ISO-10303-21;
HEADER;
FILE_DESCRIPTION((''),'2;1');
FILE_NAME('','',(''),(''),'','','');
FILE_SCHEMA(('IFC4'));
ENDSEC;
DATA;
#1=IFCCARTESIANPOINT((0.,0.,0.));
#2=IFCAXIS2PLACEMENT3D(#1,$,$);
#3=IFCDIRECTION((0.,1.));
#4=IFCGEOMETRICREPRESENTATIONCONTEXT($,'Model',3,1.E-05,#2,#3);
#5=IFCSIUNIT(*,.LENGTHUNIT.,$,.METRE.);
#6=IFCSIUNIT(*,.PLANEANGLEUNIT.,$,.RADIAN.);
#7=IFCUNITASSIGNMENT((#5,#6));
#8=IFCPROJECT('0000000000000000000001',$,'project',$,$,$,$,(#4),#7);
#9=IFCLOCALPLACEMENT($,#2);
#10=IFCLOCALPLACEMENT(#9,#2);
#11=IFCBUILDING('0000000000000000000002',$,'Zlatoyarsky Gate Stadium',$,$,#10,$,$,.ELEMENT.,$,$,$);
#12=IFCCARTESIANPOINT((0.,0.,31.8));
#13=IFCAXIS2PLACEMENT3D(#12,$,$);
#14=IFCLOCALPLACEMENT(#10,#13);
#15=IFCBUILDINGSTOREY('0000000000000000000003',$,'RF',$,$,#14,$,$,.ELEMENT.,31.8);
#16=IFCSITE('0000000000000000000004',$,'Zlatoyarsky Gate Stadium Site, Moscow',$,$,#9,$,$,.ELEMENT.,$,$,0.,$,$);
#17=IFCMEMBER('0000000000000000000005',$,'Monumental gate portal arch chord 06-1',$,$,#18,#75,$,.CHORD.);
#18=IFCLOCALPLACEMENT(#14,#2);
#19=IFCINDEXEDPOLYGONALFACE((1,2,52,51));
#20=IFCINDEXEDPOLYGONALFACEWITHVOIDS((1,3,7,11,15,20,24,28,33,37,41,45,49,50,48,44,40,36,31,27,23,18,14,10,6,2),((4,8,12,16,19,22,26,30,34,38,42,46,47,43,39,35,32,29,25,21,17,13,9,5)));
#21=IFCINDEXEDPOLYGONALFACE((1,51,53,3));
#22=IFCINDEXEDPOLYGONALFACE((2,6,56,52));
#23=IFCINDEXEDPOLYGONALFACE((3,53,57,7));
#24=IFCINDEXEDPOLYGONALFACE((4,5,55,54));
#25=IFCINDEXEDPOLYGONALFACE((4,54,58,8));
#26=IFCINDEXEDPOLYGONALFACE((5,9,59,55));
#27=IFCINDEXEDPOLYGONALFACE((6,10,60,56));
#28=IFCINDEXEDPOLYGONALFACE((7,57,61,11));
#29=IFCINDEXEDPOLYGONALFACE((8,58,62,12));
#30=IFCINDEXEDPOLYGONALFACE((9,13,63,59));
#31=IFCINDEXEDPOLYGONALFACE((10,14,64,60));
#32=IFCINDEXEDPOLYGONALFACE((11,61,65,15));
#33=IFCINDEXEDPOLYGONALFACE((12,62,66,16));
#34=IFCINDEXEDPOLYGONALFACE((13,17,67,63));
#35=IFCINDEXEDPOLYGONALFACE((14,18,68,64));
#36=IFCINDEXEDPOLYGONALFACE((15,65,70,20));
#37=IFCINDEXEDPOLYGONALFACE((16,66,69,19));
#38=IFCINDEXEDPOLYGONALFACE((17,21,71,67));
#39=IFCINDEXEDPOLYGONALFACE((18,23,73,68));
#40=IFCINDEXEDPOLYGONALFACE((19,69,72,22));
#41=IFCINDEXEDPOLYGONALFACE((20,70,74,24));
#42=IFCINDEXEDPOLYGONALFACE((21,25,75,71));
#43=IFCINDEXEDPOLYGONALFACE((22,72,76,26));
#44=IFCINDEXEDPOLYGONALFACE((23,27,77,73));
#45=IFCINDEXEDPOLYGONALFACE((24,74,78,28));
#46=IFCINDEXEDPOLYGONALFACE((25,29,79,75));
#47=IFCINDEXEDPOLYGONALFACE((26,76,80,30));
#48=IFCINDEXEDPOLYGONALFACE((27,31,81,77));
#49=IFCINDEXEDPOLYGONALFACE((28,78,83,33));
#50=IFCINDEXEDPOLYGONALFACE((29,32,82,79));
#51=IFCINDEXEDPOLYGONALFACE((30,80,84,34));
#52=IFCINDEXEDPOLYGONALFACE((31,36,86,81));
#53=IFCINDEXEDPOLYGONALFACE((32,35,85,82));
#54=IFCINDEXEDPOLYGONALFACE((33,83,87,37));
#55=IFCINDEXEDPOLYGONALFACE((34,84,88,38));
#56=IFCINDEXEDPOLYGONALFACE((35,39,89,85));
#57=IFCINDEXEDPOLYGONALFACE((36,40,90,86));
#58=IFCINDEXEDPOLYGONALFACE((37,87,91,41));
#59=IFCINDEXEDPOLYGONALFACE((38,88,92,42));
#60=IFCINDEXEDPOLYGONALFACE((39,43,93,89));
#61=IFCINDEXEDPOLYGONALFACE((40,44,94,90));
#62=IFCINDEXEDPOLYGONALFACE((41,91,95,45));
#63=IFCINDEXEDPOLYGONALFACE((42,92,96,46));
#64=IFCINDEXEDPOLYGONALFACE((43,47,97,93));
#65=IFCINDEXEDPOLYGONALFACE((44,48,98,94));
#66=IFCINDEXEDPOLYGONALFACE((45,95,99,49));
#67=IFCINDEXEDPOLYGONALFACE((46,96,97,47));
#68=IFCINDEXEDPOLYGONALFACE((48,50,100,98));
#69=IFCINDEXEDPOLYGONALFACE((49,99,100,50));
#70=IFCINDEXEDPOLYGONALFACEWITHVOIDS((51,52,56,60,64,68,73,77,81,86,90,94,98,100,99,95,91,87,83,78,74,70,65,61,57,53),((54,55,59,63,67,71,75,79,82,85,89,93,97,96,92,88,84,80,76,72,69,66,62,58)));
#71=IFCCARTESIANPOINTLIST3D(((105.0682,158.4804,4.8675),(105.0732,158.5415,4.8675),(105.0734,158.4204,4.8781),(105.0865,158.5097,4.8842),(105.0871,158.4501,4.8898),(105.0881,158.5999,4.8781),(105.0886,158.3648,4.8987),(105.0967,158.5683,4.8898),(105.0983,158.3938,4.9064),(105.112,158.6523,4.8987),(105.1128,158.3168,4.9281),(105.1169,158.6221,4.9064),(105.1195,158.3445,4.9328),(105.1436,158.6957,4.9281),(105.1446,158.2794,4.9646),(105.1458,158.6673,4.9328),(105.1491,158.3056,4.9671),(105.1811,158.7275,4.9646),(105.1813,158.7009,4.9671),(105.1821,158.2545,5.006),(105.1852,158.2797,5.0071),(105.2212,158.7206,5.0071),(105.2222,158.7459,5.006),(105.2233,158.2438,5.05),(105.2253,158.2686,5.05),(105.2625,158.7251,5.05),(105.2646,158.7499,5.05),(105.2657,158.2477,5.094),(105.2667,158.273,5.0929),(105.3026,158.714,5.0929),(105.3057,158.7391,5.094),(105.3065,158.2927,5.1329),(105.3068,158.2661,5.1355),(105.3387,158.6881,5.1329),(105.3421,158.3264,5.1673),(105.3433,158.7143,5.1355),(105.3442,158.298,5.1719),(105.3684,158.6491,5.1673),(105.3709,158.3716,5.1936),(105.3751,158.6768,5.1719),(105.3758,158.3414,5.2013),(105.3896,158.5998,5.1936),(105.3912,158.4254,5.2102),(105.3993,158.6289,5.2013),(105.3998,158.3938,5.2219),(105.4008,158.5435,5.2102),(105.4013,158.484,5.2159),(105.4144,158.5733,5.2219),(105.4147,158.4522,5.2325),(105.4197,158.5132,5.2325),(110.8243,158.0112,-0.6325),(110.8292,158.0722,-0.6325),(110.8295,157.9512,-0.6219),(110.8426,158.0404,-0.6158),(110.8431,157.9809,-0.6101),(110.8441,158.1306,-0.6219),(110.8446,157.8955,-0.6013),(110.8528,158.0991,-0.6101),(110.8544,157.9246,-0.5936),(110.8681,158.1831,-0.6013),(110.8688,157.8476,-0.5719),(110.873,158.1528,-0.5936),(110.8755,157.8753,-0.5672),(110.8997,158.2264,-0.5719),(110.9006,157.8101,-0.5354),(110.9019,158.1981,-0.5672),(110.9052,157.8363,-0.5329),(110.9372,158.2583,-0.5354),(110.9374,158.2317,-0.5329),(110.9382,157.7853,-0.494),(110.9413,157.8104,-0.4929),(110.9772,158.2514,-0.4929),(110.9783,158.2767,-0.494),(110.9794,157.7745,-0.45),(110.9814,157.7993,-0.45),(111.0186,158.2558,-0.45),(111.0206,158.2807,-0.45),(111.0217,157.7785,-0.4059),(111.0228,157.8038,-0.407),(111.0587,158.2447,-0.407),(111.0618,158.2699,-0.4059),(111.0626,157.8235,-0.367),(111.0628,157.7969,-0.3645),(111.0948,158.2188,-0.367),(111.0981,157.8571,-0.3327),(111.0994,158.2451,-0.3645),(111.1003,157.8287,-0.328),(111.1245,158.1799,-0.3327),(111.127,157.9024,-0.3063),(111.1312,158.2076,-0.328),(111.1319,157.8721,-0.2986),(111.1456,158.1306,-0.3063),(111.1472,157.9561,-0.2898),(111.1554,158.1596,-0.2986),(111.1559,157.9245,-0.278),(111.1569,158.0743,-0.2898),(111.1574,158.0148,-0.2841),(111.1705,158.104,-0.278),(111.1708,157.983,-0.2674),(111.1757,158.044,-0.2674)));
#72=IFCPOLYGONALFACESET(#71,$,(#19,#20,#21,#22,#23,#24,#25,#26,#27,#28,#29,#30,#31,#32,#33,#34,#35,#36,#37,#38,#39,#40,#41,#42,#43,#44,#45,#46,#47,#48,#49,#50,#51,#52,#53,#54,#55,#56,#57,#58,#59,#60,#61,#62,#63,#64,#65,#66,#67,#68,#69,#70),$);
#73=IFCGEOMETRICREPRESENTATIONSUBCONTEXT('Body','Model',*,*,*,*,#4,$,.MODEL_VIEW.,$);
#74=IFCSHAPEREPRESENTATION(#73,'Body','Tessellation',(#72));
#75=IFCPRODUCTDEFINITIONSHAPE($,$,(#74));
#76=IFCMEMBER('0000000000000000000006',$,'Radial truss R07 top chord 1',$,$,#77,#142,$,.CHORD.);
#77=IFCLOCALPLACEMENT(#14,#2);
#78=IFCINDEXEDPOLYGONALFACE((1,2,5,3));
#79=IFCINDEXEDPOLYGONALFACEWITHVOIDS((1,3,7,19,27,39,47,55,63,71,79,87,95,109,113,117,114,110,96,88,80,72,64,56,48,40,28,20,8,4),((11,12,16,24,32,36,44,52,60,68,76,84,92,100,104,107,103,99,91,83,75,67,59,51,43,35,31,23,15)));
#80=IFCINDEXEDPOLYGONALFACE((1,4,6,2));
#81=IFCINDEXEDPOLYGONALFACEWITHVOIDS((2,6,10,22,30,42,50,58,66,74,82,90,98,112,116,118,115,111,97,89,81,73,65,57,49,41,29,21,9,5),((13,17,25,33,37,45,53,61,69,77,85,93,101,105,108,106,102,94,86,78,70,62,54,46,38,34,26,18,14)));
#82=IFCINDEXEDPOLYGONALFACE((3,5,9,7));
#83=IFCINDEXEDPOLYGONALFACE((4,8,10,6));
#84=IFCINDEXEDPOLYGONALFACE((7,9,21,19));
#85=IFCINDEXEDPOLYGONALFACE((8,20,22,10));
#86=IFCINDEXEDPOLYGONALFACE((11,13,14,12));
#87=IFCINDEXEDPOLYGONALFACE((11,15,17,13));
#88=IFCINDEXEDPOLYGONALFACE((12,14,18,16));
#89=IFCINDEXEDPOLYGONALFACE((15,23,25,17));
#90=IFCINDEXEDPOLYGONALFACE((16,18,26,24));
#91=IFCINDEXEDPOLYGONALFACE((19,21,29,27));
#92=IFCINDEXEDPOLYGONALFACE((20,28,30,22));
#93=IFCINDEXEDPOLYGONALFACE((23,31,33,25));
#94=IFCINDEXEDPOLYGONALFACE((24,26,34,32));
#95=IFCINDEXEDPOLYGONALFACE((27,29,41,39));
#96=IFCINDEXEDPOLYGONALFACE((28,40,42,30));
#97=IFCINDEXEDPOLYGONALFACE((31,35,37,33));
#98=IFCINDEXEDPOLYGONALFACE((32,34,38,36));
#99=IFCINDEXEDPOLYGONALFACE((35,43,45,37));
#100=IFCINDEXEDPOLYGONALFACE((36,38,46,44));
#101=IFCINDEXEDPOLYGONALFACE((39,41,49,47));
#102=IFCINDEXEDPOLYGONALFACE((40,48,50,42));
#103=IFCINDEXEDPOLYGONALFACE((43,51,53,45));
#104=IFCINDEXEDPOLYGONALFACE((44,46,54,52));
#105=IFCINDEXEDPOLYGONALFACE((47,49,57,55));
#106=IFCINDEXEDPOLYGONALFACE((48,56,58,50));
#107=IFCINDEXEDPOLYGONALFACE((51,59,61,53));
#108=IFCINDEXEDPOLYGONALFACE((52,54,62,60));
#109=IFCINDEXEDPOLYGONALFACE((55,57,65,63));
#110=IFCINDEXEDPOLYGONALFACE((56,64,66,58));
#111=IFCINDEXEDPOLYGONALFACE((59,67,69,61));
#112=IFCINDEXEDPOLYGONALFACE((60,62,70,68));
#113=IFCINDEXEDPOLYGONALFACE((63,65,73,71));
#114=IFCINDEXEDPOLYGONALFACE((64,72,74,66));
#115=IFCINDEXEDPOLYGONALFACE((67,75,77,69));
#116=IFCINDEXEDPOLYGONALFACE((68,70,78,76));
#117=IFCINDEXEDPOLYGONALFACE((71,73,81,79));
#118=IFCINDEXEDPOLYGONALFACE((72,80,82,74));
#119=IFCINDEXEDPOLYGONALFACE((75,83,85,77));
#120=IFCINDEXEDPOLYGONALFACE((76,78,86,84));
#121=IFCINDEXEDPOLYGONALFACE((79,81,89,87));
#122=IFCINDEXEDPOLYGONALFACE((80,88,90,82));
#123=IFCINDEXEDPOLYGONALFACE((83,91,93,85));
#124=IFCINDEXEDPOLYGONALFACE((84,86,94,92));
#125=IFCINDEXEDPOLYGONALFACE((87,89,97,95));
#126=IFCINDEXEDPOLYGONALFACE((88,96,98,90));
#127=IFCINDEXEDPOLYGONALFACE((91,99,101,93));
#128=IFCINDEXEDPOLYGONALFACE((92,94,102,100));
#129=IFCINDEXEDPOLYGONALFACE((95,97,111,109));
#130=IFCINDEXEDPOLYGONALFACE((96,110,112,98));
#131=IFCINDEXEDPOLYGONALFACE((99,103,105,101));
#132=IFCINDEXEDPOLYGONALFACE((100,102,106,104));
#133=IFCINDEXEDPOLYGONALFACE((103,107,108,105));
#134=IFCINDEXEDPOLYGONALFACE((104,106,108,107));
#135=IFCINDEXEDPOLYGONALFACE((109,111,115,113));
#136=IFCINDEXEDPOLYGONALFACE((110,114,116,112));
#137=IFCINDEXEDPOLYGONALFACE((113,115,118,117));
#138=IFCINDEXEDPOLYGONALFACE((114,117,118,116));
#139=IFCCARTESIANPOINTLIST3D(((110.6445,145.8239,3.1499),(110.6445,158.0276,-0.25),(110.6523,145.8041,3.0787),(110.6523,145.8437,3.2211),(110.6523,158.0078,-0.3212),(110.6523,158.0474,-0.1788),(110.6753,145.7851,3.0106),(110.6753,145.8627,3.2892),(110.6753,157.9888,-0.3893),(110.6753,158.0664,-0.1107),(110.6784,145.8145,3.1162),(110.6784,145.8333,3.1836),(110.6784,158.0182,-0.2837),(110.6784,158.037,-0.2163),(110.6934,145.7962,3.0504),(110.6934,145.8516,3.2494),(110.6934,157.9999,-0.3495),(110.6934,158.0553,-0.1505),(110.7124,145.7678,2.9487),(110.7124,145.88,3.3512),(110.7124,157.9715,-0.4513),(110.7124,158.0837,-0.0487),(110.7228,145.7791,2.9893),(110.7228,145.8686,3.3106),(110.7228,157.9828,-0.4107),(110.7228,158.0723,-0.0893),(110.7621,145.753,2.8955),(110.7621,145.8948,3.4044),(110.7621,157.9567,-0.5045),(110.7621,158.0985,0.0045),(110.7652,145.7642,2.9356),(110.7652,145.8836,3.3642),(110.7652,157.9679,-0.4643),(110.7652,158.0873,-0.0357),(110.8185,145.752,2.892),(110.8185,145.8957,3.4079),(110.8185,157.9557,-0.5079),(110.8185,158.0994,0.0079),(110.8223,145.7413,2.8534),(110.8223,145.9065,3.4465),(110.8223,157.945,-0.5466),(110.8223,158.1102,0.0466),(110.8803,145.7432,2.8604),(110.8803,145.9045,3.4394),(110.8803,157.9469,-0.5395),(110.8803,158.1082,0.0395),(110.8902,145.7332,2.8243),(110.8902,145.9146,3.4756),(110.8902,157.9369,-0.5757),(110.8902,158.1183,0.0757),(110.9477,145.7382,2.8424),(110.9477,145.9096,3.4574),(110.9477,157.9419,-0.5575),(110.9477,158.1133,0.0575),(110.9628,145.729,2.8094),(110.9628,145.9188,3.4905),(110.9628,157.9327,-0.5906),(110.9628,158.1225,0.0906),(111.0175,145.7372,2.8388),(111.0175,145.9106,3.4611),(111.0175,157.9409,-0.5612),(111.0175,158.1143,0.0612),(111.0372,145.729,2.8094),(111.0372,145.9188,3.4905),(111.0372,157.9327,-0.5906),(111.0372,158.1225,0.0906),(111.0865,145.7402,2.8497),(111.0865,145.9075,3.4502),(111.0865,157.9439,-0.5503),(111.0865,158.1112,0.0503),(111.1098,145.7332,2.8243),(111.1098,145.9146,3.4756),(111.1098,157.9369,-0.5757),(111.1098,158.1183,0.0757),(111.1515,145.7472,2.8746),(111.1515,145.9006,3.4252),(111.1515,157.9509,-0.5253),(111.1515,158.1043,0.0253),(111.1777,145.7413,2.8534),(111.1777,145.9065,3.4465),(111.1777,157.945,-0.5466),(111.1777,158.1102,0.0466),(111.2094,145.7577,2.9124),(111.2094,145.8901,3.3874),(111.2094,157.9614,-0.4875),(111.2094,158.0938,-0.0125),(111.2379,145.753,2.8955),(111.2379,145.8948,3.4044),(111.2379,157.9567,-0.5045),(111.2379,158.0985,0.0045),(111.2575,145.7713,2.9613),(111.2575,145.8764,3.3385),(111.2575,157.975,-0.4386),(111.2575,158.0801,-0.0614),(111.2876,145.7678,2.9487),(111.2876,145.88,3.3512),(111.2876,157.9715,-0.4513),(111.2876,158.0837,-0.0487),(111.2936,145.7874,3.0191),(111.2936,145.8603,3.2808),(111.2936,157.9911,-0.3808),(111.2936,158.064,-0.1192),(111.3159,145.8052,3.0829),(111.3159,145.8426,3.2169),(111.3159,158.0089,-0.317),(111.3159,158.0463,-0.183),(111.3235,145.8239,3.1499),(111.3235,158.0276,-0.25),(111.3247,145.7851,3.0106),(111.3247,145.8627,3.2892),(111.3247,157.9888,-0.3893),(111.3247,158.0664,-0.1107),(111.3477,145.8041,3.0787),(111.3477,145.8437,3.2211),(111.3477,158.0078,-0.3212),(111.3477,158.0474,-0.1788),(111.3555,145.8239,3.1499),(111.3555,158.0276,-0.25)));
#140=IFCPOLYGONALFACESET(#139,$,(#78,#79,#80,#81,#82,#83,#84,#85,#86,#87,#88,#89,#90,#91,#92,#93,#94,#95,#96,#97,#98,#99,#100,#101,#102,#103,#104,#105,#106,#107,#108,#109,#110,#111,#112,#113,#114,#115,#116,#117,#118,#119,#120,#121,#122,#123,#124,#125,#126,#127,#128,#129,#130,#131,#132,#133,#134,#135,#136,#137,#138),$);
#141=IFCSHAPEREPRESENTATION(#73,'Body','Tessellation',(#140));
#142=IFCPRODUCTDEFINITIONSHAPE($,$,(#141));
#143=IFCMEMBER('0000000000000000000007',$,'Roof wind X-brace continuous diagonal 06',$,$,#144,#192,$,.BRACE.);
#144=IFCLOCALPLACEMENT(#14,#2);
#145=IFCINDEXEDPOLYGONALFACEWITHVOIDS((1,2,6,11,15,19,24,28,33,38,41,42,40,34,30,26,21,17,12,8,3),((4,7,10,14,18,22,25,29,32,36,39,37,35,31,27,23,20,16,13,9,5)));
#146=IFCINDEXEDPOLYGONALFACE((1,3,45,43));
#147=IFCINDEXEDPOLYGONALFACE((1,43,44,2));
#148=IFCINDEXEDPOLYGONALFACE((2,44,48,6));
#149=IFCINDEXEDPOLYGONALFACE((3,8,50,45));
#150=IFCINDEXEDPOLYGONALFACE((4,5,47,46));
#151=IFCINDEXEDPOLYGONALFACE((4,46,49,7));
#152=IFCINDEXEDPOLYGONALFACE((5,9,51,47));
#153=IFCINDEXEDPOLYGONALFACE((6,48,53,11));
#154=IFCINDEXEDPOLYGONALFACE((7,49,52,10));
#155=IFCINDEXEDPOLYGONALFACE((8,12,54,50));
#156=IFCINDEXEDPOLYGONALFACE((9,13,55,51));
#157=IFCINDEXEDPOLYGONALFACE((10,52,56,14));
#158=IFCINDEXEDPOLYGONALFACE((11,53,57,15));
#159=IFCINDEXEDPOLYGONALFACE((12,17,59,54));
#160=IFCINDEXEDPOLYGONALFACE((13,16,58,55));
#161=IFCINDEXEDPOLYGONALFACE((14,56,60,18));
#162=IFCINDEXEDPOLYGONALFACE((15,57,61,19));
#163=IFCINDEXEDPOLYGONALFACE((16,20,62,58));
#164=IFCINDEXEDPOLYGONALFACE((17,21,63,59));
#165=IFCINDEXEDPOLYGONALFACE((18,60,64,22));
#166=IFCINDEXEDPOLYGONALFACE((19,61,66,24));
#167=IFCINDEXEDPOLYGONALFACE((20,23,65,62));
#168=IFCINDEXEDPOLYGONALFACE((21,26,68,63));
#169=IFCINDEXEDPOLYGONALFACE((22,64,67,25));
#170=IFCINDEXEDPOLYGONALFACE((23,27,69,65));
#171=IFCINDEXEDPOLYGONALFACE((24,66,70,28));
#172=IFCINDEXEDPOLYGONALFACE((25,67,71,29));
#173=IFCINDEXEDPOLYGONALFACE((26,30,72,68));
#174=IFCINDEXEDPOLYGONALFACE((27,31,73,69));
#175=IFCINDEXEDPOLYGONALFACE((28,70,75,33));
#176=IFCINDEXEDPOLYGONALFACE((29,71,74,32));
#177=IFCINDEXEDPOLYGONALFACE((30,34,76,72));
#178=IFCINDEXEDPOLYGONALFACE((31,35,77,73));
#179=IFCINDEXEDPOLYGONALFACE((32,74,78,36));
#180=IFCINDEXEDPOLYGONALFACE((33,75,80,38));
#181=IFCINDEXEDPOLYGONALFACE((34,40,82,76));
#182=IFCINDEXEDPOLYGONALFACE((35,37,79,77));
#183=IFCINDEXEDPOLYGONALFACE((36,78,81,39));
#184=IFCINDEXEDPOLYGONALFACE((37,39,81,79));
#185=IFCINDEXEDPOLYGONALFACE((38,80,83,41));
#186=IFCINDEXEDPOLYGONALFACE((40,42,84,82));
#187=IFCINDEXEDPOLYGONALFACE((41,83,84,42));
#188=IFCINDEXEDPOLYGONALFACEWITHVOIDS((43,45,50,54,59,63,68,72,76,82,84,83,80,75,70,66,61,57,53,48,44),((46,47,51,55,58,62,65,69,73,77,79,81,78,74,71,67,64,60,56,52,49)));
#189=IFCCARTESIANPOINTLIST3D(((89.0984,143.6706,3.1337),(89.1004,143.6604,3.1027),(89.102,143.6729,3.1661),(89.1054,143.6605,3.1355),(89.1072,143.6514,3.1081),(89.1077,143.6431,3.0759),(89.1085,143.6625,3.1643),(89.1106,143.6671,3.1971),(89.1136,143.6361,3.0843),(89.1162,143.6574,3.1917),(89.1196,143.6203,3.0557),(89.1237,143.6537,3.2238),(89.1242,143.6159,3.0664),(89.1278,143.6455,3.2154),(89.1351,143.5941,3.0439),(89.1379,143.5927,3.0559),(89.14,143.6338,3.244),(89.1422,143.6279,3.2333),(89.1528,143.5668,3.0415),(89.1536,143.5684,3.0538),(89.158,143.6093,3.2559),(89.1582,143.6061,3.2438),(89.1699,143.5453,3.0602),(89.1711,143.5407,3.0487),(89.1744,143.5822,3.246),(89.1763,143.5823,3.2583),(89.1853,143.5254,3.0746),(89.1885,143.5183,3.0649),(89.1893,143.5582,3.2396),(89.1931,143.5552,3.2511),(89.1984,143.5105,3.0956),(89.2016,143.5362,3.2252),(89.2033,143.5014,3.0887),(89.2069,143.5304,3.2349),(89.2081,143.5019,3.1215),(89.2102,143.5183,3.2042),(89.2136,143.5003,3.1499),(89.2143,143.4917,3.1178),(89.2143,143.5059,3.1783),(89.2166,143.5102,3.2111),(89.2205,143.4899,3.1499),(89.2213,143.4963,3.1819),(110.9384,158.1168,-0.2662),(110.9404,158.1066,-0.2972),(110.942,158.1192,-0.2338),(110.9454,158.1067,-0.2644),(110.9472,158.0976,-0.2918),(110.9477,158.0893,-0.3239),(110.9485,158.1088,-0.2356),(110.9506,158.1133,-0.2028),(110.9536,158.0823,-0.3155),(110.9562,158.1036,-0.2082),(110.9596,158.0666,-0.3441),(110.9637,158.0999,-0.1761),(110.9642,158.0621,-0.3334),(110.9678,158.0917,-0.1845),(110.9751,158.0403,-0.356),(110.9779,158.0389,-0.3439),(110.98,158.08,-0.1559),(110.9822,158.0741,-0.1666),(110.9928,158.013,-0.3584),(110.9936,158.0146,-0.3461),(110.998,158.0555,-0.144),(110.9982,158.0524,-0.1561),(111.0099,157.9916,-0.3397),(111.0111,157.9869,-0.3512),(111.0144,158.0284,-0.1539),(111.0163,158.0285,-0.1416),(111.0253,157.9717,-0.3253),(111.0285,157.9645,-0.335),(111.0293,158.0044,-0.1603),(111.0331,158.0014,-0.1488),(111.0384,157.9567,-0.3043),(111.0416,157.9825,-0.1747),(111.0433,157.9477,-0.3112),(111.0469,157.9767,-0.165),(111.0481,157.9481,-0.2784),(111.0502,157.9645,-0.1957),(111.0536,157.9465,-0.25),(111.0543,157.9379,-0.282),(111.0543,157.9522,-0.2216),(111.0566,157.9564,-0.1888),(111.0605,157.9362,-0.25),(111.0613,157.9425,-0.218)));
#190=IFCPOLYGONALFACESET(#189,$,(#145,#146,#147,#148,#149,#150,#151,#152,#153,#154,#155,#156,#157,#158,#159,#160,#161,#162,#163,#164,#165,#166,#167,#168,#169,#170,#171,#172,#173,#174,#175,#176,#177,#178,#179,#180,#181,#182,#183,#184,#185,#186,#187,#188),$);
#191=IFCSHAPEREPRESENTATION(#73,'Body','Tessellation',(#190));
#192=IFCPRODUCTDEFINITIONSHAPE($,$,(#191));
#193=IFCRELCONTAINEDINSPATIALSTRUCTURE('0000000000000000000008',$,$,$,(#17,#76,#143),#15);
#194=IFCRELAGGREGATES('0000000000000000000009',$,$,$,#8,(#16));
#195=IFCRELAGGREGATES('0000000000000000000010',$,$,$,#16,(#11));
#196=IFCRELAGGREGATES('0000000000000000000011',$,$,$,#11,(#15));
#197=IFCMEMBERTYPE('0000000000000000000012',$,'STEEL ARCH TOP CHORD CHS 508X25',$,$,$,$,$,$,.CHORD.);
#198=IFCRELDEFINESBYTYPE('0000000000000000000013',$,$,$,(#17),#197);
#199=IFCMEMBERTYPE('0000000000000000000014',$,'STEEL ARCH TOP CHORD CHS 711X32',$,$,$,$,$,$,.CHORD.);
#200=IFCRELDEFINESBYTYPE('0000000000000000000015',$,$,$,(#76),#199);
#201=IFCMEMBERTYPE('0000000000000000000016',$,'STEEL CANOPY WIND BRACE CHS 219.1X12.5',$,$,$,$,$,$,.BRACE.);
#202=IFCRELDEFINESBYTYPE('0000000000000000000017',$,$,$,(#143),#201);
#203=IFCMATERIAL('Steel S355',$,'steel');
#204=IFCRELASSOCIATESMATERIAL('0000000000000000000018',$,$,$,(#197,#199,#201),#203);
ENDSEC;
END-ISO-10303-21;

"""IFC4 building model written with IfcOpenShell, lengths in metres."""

from ifc_helpers import new_model, si_unit, direction, frame, origin, origin_2d, place, context, subcontext, project, spatial, hollow_circle, extrude, material, material_profile, profile_set, type_object, element, save


model = new_model("IFC4")

# Units and contexts
model_context = context("Model", 3, precision=1e-05, world=origin(), true_north=direction((0.0, 1.0)))
body_context = subcontext(model_context, "Body", "Model", "MODEL_VIEW")
ifc_project = project(units=[si_unit("LENGTHUNIT", "METRE"), si_unit("PLANEANGLEUNIT", "RADIAN")], contexts=[model_context])

# Site, building, storey
site_placement = place(None, origin())
site = spatial("IfcSite", under=ifc_project, at=site_placement, Name="Zlatoyarsky Gate Stadium Site, Moscow", CompositionType="ELEMENT", RefElevation=0.0)
building_placement = place(site_placement, origin())
building = spatial("IfcBuilding", under=site, at=building_placement, Name="Zlatoyarsky Gate Stadium", CompositionType="ELEMENT")
storey_placement = place(building_placement, frame((0.0, 0.0, 31.8)))
storey = spatial("IfcBuildingStorey", under=building, at=storey_placement, Name="RF", CompositionType="ELEMENT", Elevation=31.8)

# Members
ifc_material_1 = material(Name="Steel S355", Category="steel")
ifc_material_profile_1 = material_profile(ifc_material_1, hollow_circle(Radius=0.2539, WallThickness=0.0249, at=origin_2d()), Name="CHS 508X25")
ifc_profile_set_1 = profile_set([ifc_material_profile_1], Name="Steel S355")
member_type_1 = type_object("IfcMemberType", Name="STEEL ARCH TOP CHORD CHS 508X25", PredefinedType="CHORD", material=ifc_profile_set_1)
member_1_placement = place(storey_placement, frame((111.0, 158.0276, -0.45), z_axis=(-0.721755, 0.058838, 0.689643), x_axis=(-0.081251, -0.996694, 0.0)))
element("IfcMember", 1, at=member_1_placement, inside=storey, type_object=member_type_1, Name="Monumental gate portal arch chord 06-1", PredefinedType="CHORD", context=body_context, shape_type="SweptSolid", body=[
    extrude(hollow_circle(Radius=0.2539, WallThickness=0.0249, at=origin_2d()), origin(), (0.0, 0.0, 1.0), 7.9751),
])
ifc_material_profile_2 = material_profile(ifc_material_1, hollow_circle(Radius=0.3555, WallThickness=0.032, at=origin_2d()), Name="CHS 711X32")
ifc_profile_set_2 = profile_set([ifc_material_profile_2], Name="Steel S355")
member_type_2 = type_object("IfcMemberType", Name="STEEL ARCH TOP CHORD CHS 711X32", PredefinedType="CHORD", material=ifc_profile_set_2)
member_2_placement = place(storey_placement, frame((111.0, 158.0276, -0.25), z_axis=(0.0, -0.963314, 0.268377), x_axis=(1.0, 0.0, 0.0)))
element("IfcMember", 2, at=member_2_placement, inside=storey, type_object=member_type_2, Name="Radial truss R07 top chord 1", PredefinedType="CHORD", context=body_context, shape_type="SweptSolid", body=[
    extrude(hollow_circle(Radius=0.3555, WallThickness=0.032, at=origin_2d()), origin(), (0.0, 0.0, 1.0), 12.6685),
])
ifc_material_profile_3 = material_profile(ifc_material_1, hollow_circle(Radius=0.1096, WallThickness=0.0125, at=origin_2d()), Name="CHS 219.1X12.5")
ifc_profile_set_3 = profile_set([ifc_material_profile_3], Name="Steel S355")
member_type_3 = type_object("IfcMemberType", Name="STEEL CANOPY WIND BRACE CHS 219.1X12.5", PredefinedType="BRACE", material=ifc_profile_set_3)
member_3_placement = place(storey_placement, frame((111.0, 158.0276, -0.25), z_axis=(-0.827108, -0.547096, 0.128758), x_axis=(0.551689, -0.83405, 0.0)))
element("IfcMember", 3, at=member_3_placement, inside=storey, type_object=member_type_3, Name="Roof wind X-brace continuous diagonal 06", PredefinedType="BRACE", context=body_context, shape_type="SweptSolid", body=[
    extrude(hollow_circle(Radius=0.1096, WallThickness=0.0125, at=origin_2d()), origin(), (0.0, 0.0, 1.0), 26.4053),
])

save(model, "model.ifc")
